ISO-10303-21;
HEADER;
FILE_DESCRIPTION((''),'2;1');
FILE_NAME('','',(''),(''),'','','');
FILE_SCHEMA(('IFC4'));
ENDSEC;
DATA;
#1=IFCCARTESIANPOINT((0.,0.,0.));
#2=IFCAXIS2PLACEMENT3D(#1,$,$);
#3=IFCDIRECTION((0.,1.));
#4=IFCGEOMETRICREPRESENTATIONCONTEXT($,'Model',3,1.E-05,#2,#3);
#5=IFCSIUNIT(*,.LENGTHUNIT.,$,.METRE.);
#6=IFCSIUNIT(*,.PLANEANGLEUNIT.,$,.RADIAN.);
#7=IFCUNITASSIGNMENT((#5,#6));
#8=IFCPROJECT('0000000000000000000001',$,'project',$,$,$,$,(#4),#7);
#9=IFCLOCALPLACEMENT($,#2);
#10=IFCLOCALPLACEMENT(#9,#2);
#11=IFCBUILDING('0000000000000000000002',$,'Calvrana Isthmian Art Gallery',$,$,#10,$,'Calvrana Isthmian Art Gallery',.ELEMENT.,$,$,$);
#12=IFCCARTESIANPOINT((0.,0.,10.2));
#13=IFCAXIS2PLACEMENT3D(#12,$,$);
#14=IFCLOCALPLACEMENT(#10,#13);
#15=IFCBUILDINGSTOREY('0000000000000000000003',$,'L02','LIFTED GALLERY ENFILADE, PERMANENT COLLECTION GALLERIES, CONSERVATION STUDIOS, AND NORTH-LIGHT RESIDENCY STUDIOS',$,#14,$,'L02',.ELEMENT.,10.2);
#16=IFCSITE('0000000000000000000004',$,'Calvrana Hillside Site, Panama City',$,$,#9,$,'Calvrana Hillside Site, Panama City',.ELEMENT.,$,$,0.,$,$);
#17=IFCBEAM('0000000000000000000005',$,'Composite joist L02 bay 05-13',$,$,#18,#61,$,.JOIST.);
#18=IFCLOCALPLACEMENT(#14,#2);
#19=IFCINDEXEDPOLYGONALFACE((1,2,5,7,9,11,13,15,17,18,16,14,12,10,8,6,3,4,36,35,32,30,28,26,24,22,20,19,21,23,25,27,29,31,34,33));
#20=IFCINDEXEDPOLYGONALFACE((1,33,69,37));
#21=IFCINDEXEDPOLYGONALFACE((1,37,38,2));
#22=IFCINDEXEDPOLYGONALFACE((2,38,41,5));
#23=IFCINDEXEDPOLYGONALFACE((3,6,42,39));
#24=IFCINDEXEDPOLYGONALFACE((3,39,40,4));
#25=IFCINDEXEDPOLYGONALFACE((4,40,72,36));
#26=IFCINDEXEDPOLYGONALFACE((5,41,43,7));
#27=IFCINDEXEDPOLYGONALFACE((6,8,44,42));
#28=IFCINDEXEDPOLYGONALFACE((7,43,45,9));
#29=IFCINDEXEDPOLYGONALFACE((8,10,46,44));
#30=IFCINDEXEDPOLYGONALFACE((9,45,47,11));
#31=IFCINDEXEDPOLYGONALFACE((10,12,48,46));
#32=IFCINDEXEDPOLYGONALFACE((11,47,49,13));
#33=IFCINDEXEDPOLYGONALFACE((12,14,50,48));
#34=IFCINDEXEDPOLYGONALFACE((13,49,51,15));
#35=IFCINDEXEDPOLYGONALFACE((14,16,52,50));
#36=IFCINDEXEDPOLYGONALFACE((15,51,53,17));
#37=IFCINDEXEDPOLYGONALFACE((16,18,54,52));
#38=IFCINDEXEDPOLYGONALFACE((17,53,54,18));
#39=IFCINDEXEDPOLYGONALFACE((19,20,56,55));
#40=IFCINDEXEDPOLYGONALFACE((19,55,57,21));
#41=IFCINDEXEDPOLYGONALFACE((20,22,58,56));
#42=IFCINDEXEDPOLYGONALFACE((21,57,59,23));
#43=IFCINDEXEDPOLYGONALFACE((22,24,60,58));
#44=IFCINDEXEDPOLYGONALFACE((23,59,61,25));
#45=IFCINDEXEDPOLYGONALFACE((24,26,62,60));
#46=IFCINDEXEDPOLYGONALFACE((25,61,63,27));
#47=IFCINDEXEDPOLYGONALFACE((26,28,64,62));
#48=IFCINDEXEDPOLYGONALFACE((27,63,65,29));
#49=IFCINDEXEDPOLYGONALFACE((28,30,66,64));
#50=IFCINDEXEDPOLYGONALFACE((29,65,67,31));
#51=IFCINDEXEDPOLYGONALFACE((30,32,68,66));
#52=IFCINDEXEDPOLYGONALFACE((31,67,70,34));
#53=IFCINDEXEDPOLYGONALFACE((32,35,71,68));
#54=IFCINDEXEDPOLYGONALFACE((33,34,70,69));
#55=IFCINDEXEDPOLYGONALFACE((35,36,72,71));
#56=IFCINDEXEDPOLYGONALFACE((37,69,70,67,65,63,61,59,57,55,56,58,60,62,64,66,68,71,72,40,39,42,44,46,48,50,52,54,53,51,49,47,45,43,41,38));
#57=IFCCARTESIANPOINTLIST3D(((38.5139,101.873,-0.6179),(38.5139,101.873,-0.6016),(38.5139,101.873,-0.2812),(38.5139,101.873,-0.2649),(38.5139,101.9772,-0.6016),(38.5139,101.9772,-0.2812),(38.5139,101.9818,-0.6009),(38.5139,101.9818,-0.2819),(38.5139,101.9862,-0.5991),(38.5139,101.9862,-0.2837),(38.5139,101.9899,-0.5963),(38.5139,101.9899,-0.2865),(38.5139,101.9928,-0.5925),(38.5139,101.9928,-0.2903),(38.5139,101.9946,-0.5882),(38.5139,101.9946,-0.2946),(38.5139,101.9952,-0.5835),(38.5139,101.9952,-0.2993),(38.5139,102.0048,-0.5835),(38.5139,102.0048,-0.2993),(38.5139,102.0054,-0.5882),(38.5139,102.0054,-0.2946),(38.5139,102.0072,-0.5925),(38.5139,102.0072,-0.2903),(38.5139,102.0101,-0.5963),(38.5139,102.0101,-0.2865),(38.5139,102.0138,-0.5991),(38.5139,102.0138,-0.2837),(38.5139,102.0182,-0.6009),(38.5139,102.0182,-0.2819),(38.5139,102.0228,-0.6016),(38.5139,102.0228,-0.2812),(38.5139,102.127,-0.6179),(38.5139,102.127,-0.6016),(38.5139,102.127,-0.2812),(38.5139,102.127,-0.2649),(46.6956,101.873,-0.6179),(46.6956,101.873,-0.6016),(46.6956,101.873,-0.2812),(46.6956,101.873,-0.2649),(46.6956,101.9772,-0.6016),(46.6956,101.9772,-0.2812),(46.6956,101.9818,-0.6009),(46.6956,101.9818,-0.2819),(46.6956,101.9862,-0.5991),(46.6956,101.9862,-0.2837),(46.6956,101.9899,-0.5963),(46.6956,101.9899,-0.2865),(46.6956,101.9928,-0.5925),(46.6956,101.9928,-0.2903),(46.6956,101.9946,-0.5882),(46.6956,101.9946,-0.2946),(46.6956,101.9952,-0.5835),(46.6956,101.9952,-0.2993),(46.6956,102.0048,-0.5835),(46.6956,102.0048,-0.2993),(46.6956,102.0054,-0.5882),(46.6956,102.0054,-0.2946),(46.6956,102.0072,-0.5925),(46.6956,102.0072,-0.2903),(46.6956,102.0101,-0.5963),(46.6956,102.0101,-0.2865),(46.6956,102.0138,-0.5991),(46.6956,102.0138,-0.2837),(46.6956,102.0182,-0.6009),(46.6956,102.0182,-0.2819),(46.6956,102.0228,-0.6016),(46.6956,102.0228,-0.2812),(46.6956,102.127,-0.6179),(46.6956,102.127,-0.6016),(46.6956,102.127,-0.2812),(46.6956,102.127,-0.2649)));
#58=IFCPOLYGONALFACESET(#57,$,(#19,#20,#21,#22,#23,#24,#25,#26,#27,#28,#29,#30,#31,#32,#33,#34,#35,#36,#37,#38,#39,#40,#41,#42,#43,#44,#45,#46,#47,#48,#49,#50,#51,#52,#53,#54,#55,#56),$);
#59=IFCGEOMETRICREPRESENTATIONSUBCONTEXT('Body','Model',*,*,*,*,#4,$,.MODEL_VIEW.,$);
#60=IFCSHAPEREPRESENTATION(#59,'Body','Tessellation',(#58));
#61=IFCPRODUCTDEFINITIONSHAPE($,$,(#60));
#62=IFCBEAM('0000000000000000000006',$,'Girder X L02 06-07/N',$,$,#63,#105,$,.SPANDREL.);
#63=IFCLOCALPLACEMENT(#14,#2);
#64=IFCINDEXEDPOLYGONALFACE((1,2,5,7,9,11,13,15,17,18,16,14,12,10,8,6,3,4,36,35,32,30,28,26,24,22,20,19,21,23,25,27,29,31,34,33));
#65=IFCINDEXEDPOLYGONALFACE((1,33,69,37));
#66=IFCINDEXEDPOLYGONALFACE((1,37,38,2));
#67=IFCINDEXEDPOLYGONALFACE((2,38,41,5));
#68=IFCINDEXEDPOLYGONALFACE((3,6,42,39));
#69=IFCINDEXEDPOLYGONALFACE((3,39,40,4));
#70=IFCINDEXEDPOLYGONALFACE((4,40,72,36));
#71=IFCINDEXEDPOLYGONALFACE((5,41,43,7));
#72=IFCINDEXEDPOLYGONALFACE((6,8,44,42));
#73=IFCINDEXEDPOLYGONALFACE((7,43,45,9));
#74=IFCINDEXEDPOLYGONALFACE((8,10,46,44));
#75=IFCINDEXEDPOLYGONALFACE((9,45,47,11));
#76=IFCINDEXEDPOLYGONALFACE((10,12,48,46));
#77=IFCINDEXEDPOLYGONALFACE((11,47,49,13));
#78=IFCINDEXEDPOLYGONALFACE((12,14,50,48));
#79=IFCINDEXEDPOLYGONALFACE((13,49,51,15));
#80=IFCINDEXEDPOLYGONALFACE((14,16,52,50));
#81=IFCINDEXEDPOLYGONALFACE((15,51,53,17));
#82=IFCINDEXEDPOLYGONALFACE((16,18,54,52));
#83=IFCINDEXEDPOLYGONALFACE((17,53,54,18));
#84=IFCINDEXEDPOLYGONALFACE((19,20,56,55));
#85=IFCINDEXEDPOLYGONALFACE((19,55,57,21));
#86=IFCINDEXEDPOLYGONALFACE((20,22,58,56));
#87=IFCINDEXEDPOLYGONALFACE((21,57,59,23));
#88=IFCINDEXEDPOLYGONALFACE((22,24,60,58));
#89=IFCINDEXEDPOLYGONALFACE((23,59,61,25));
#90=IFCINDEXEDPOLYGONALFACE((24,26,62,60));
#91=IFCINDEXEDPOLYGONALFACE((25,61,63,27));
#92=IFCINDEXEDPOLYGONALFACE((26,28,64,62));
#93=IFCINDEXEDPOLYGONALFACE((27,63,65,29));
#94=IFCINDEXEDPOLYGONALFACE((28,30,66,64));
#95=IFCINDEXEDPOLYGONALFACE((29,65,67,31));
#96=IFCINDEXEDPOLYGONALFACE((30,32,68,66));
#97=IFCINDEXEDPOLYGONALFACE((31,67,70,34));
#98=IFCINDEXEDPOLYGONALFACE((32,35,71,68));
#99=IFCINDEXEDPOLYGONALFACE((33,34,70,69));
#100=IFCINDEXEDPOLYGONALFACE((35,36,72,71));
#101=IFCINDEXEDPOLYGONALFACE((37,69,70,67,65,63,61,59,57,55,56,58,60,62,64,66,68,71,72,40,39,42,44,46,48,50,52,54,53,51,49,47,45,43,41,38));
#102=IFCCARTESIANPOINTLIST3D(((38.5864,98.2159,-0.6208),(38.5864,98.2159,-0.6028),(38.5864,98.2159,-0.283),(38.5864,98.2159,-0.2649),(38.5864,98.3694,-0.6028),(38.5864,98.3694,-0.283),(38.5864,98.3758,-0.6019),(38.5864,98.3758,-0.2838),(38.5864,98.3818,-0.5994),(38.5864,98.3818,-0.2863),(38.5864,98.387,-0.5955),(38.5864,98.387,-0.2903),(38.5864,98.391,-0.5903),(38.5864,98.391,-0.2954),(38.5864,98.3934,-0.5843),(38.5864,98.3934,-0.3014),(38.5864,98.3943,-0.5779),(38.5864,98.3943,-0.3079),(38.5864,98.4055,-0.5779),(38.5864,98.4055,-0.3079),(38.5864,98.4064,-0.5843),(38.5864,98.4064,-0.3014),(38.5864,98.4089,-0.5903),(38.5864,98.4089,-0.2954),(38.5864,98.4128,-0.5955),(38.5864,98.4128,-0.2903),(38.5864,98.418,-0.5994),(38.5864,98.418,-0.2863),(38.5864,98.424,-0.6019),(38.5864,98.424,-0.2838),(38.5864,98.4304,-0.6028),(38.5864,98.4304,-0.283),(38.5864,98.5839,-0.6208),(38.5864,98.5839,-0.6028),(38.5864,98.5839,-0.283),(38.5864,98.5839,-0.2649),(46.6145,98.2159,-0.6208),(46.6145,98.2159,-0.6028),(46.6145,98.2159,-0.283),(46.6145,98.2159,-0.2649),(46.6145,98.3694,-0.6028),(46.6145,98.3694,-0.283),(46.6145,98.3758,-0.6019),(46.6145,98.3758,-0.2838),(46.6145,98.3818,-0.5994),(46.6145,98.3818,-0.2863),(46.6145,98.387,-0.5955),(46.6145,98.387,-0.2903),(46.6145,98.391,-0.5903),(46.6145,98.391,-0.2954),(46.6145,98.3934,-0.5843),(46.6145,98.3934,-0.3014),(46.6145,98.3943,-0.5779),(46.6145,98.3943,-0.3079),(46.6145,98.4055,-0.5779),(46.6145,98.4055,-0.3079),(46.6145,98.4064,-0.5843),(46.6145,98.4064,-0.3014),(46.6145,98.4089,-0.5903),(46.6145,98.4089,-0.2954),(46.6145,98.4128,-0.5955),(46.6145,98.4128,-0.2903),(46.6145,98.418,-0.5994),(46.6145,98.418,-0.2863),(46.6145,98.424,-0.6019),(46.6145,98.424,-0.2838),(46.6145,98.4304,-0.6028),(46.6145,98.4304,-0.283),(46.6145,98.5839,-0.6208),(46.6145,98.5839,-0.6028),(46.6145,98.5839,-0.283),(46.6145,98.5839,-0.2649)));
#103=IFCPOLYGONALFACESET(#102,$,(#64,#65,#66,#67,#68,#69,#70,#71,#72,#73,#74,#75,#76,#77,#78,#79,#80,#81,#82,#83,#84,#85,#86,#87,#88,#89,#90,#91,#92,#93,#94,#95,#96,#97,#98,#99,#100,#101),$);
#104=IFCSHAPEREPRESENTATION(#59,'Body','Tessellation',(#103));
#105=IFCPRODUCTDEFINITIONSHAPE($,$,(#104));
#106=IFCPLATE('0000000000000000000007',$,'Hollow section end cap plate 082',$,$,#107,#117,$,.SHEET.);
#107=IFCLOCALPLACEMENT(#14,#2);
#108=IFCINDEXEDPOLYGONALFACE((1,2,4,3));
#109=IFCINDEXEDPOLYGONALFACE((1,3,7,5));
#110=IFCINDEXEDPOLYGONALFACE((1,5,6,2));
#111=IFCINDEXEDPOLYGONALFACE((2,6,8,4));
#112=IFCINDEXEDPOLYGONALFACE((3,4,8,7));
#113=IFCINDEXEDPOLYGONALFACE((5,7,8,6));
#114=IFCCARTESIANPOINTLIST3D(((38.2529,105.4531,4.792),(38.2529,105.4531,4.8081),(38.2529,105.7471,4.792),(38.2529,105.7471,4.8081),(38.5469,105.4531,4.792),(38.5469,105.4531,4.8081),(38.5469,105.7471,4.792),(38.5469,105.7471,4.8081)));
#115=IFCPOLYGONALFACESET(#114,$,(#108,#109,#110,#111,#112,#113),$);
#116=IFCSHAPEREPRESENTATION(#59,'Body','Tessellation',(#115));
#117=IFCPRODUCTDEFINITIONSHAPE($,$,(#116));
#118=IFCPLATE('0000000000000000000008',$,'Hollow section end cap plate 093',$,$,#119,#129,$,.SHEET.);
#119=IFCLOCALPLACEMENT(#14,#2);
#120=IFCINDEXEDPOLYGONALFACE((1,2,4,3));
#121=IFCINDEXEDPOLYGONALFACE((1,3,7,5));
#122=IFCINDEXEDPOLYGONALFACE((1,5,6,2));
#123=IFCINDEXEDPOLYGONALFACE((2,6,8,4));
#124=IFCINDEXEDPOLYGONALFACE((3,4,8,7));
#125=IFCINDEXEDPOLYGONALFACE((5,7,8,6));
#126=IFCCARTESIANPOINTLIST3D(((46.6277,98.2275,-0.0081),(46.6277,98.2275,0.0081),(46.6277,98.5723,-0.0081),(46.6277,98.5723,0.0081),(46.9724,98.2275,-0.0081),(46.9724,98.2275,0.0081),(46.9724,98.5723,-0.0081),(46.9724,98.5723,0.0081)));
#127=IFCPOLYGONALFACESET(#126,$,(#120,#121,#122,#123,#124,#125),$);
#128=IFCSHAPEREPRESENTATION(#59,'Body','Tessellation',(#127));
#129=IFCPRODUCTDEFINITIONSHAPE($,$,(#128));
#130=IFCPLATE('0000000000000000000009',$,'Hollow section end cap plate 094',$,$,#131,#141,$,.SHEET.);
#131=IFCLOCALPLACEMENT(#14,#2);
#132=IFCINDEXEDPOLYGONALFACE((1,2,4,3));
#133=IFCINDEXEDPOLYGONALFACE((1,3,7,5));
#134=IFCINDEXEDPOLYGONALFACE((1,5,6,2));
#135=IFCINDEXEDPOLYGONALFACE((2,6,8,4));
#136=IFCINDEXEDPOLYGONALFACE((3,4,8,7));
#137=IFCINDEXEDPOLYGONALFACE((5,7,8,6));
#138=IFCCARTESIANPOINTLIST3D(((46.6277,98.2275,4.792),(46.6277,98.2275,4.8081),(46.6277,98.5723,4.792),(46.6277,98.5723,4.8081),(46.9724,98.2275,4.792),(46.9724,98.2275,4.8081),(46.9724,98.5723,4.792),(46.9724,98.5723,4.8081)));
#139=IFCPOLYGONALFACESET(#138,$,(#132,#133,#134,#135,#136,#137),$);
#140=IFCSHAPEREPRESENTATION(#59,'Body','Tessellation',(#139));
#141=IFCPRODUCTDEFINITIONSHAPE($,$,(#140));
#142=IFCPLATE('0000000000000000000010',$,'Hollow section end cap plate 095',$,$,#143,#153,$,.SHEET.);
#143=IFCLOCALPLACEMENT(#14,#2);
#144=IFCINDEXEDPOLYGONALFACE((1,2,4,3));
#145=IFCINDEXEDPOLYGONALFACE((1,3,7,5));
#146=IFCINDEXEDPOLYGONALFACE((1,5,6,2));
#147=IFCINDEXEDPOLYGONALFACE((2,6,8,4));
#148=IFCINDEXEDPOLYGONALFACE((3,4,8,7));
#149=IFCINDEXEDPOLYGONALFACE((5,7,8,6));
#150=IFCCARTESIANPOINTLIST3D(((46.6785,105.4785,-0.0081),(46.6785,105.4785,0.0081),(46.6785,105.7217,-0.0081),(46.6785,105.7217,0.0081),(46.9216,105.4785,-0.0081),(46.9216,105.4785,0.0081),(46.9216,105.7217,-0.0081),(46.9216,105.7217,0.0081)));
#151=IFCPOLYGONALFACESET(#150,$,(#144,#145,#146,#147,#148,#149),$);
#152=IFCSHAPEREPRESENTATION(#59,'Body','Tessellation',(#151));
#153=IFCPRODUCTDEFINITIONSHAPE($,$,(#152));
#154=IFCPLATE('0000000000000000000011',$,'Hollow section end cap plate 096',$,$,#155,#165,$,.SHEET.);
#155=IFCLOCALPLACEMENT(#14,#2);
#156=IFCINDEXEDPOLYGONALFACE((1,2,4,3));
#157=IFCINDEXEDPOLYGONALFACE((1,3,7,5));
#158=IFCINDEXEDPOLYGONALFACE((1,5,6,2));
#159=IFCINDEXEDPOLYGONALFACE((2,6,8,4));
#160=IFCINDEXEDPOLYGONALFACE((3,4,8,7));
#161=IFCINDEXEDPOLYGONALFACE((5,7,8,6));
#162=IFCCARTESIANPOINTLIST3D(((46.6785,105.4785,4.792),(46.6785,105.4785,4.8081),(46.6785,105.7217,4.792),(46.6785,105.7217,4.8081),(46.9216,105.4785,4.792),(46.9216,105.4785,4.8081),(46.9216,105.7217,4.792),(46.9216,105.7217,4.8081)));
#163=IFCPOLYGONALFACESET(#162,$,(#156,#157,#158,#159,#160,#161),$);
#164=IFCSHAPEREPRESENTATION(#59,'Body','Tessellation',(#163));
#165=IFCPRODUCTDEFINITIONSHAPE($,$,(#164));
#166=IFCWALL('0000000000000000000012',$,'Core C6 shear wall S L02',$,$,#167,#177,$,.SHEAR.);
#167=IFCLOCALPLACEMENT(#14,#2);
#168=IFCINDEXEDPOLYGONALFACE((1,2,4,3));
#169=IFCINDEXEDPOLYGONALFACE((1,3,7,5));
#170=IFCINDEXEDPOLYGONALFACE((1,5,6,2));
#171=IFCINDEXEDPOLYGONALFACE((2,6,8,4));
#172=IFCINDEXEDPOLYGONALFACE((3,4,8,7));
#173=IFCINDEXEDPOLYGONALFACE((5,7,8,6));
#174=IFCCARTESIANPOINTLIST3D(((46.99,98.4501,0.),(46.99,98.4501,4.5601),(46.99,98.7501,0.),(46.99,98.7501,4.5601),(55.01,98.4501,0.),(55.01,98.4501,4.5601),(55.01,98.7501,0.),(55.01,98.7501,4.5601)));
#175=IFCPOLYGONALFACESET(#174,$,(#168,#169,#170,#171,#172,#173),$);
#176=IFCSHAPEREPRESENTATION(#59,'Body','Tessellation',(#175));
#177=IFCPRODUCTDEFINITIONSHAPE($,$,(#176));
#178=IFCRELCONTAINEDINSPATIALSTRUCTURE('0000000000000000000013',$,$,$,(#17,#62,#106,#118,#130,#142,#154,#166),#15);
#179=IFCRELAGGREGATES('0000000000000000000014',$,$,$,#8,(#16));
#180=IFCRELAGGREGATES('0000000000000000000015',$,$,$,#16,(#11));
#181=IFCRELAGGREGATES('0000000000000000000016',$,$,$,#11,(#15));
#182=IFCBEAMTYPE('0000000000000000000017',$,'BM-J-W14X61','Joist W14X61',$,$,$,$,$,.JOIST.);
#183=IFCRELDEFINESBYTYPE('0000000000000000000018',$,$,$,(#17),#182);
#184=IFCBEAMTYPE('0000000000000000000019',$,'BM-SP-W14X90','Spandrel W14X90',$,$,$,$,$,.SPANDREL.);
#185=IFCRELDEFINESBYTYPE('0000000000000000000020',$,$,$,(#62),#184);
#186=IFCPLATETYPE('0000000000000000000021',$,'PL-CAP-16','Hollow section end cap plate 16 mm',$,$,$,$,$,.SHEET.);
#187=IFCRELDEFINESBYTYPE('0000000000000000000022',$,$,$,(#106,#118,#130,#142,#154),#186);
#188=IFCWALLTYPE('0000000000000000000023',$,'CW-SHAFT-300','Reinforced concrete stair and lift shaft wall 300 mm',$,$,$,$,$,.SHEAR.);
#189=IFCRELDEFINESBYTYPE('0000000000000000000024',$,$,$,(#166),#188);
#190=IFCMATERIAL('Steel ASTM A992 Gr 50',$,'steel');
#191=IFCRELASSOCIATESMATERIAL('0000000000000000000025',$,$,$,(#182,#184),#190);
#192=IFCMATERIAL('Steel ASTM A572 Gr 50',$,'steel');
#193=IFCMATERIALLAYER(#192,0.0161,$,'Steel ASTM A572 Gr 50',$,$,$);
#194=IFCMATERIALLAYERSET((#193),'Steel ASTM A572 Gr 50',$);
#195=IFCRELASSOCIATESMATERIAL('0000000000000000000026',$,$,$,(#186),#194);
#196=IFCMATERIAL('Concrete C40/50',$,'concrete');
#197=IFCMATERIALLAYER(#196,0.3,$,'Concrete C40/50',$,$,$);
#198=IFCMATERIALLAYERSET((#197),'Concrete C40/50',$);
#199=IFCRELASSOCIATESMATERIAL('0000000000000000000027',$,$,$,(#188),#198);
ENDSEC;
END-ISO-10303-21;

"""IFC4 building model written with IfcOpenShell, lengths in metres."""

from ifc_helpers import new_model, si_unit, direction, frame, frame_2d, origin, origin_2d, place, context, subcontext, project, spatial, rectangle, i_section, extrude, material, layer, layer_set, material_profile, profile_set, type_object, element, save


model = new_model("IFC4")

# Units and contexts
model_context = context("Model", 3, precision=1e-05, world=origin(), true_north=direction((0.0, 1.0)))
body_context = subcontext(model_context, "Body", "Model", "MODEL_VIEW")
ifc_project = project(units=[si_unit("LENGTHUNIT", "METRE"), si_unit("PLANEANGLEUNIT", "RADIAN")], contexts=[model_context])

# Site, building, storey
site_placement = place(None, origin())
site = spatial("IfcSite", under=ifc_project, at=site_placement, Name="Calvrana Hillside Site, Panama City", LongName="Calvrana Hillside Site, Panama City", CompositionType="ELEMENT", RefElevation=0.0)
building_placement = place(site_placement, origin())
building = spatial("IfcBuilding", under=site, at=building_placement, Name="Calvrana Isthmian Art Gallery", LongName="Calvrana Isthmian Art Gallery", CompositionType="ELEMENT")
storey_placement = place(building_placement, frame((0.0, 0.0, 10.2)))
storey = spatial("IfcBuildingStorey", under=building, at=storey_placement, Name="L02", Description="LIFTED GALLERY ENFILADE, PERMANENT COLLECTION GALLERIES, CONSERVATION STUDIOS, AND NORTH-LIGHT RESIDENCY STUDIOS", LongName="L02", CompositionType="ELEMENT", Elevation=10.2)

# Beams
ifc_material_1 = material(Name="Steel ASTM A992 Gr 50", Category="steel")
ifc_material_profile_1 = material_profile(ifc_material_1, i_section(OverallWidth=0.2539, OverallDepth=0.353, WebThickness=0.0095, FlangeThickness=0.0164, FilletRadius=0.0181, at=origin_2d()), Name="W14X61")
ifc_profile_set_1 = profile_set([ifc_material_profile_1], Name="Steel ASTM A992 Gr 50")
beam_type_1 = type_object("IfcBeamType", Name="BM-J-W14X61", Description="Joist W14X61", PredefinedType="JOIST", material=ifc_profile_set_1)
beam_1_placement = place(storey_placement, frame((38.5139, 102.0, -0.4414), z_axis=(1.0, 0.0, 0.0), x_axis=(0.0, 1.0, 0.0)))
element("IfcBeam", 1, at=beam_1_placement, inside=storey, type_object=beam_type_1, Name="Composite joist L02 bay 05-13", PredefinedType="JOIST", context=body_context, shape_type="SweptSolid", body=[
    extrude(i_section(OverallWidth=0.2539, OverallDepth=0.353, WebThickness=0.0095, FlangeThickness=0.0164, FilletRadius=0.0181, at=origin_2d()), origin(), (0.0, 0.0, 1.0), 8.1816),
])
ifc_material_profile_2 = material_profile(ifc_material_1, i_section(OverallWidth=0.3679, OverallDepth=0.356, WebThickness=0.0112, FlangeThickness=0.0181, FilletRadius=0.0249, at=origin_2d()), Name="W14X90")
ifc_profile_set_2 = profile_set([ifc_material_profile_2], Name="Steel ASTM A992 Gr 50")
beam_type_2 = type_object("IfcBeamType", Name="BM-SP-W14X90", Description="Spandrel W14X90", PredefinedType="SPANDREL", material=ifc_profile_set_2)
beam_2_placement = place(storey_placement, frame((38.5864, 98.3999, -0.4429), z_axis=(1.0, 0.0, 0.0), x_axis=(0.0, 1.0, 0.0)))
element("IfcBeam", 2, at=beam_2_placement, inside=storey, type_object=beam_type_2, Name="Girder X L02 06-07/N", PredefinedType="SPANDREL", context=body_context, shape_type="SweptSolid", body=[
    extrude(i_section(OverallWidth=0.3679, OverallDepth=0.356, WebThickness=0.0112, FlangeThickness=0.0181, FilletRadius=0.0249, at=origin_2d()), origin(), (0.0, 0.0, 1.0), 8.0281),
])

# Plates
ifc_material_2 = material(Name="Steel ASTM A572 Gr 50", Category="steel")
ifc_layer_1 = layer(ifc_material_2, 0.0161, Name="Steel ASTM A572 Gr 50")
ifc_layer_set_1 = layer_set([ifc_layer_1], Name="Steel ASTM A572 Gr 50")
plate_type = type_object("IfcPlateType", Name="PL-CAP-16", Description="Hollow section end cap plate 16 mm", PredefinedType="SHEET", material=ifc_layer_set_1)
plate_placement = place(storey_placement, frame((38.3999, 105.6001, 4.792), z_axis=(0.0, 0.0, 1.0), x_axis=(1.0, 0.0, 0.0)))
element("IfcPlate", 3, at=plate_placement, inside=storey, type_object=plate_type, Name="Hollow section end cap plate 082", PredefinedType="SHEET", context=body_context, shape_type="SweptSolid", body=[
    extrude(rectangle(XDim=0.2939, YDim=0.2939, at=origin_2d()), origin(), (0.0, 0.0, 1.0), 0.0161),
])
for number, where, z_axis, x_axis, name in (
    (4, (46.8, 98.3999, -0.0081), (0.0, 0.0, 1.0), (1.0, 0.0, 0.0), "Hollow section end cap plate 093"),
    (5, (46.8, 98.3999, 4.792), (0.0, 0.0, 1.0), (1.0, 0.0, 0.0), "Hollow section end cap plate 094"),
):
    element("IfcPlate", number, at=place(storey_placement, frame(where, z_axis=z_axis, x_axis=x_axis)), inside=storey, type_object=plate_type, Name=name, PredefinedType="SHEET", context=body_context, shape_type="SweptSolid", body=[
        extrude(rectangle(XDim=0.3447, YDim=0.3447, at=origin_2d()), origin(), (0.0, 0.0, 1.0), 0.0161),
    ])
for number, where, z_axis, x_axis, name in (
    (6, (46.8, 105.6001, -0.0081), (0.0, 0.0, 1.0), (1.0, 0.0, 0.0), "Hollow section end cap plate 095"),
    (7, (46.8, 105.6001, 4.792), (0.0, 0.0, 1.0), (1.0, 0.0, 0.0), "Hollow section end cap plate 096"),
):
    element("IfcPlate", number, at=place(storey_placement, frame(where, z_axis=z_axis, x_axis=x_axis)), inside=storey, type_object=plate_type, Name=name, PredefinedType="SHEET", context=body_context, shape_type="SweptSolid", body=[
        extrude(rectangle(XDim=0.2432, YDim=0.2432, at=origin_2d()), origin(), (0.0, 0.0, 1.0), 0.0161),
    ])

# Wall
ifc_material_3 = material(Name="Concrete C40/50", Category="concrete")
ifc_layer_2 = layer(ifc_material_3, 0.3, Name="Concrete C40/50")
ifc_layer_set_2 = layer_set([ifc_layer_2], Name="Concrete C40/50")
wall_type_1 = type_object("IfcWallType", Name="CW-SHAFT-300", Description="Reinforced concrete stair and lift shaft wall 300 mm", PredefinedType="SHEAR", material=ifc_layer_set_2)
wall_1_placement = place(storey_placement, frame((46.99, 98.6001, 0.0), z_axis=(0.0, 0.0, 1.0), x_axis=(1.0, 0.0, 0.0)))
element("IfcWall", 8, at=wall_1_placement, inside=storey, type_object=wall_type_1, Name="Core C6 shear wall S L02", PredefinedType="SHEAR", context=body_context, shape_type="SweptSolid", body=[
    extrude(rectangle(XDim=8.02, YDim=0.3, at=frame_2d((4.01, 0.0))), origin(), (0.0, 0.0, 1.0), 4.5601),
])

save(model, "model.ifc")
